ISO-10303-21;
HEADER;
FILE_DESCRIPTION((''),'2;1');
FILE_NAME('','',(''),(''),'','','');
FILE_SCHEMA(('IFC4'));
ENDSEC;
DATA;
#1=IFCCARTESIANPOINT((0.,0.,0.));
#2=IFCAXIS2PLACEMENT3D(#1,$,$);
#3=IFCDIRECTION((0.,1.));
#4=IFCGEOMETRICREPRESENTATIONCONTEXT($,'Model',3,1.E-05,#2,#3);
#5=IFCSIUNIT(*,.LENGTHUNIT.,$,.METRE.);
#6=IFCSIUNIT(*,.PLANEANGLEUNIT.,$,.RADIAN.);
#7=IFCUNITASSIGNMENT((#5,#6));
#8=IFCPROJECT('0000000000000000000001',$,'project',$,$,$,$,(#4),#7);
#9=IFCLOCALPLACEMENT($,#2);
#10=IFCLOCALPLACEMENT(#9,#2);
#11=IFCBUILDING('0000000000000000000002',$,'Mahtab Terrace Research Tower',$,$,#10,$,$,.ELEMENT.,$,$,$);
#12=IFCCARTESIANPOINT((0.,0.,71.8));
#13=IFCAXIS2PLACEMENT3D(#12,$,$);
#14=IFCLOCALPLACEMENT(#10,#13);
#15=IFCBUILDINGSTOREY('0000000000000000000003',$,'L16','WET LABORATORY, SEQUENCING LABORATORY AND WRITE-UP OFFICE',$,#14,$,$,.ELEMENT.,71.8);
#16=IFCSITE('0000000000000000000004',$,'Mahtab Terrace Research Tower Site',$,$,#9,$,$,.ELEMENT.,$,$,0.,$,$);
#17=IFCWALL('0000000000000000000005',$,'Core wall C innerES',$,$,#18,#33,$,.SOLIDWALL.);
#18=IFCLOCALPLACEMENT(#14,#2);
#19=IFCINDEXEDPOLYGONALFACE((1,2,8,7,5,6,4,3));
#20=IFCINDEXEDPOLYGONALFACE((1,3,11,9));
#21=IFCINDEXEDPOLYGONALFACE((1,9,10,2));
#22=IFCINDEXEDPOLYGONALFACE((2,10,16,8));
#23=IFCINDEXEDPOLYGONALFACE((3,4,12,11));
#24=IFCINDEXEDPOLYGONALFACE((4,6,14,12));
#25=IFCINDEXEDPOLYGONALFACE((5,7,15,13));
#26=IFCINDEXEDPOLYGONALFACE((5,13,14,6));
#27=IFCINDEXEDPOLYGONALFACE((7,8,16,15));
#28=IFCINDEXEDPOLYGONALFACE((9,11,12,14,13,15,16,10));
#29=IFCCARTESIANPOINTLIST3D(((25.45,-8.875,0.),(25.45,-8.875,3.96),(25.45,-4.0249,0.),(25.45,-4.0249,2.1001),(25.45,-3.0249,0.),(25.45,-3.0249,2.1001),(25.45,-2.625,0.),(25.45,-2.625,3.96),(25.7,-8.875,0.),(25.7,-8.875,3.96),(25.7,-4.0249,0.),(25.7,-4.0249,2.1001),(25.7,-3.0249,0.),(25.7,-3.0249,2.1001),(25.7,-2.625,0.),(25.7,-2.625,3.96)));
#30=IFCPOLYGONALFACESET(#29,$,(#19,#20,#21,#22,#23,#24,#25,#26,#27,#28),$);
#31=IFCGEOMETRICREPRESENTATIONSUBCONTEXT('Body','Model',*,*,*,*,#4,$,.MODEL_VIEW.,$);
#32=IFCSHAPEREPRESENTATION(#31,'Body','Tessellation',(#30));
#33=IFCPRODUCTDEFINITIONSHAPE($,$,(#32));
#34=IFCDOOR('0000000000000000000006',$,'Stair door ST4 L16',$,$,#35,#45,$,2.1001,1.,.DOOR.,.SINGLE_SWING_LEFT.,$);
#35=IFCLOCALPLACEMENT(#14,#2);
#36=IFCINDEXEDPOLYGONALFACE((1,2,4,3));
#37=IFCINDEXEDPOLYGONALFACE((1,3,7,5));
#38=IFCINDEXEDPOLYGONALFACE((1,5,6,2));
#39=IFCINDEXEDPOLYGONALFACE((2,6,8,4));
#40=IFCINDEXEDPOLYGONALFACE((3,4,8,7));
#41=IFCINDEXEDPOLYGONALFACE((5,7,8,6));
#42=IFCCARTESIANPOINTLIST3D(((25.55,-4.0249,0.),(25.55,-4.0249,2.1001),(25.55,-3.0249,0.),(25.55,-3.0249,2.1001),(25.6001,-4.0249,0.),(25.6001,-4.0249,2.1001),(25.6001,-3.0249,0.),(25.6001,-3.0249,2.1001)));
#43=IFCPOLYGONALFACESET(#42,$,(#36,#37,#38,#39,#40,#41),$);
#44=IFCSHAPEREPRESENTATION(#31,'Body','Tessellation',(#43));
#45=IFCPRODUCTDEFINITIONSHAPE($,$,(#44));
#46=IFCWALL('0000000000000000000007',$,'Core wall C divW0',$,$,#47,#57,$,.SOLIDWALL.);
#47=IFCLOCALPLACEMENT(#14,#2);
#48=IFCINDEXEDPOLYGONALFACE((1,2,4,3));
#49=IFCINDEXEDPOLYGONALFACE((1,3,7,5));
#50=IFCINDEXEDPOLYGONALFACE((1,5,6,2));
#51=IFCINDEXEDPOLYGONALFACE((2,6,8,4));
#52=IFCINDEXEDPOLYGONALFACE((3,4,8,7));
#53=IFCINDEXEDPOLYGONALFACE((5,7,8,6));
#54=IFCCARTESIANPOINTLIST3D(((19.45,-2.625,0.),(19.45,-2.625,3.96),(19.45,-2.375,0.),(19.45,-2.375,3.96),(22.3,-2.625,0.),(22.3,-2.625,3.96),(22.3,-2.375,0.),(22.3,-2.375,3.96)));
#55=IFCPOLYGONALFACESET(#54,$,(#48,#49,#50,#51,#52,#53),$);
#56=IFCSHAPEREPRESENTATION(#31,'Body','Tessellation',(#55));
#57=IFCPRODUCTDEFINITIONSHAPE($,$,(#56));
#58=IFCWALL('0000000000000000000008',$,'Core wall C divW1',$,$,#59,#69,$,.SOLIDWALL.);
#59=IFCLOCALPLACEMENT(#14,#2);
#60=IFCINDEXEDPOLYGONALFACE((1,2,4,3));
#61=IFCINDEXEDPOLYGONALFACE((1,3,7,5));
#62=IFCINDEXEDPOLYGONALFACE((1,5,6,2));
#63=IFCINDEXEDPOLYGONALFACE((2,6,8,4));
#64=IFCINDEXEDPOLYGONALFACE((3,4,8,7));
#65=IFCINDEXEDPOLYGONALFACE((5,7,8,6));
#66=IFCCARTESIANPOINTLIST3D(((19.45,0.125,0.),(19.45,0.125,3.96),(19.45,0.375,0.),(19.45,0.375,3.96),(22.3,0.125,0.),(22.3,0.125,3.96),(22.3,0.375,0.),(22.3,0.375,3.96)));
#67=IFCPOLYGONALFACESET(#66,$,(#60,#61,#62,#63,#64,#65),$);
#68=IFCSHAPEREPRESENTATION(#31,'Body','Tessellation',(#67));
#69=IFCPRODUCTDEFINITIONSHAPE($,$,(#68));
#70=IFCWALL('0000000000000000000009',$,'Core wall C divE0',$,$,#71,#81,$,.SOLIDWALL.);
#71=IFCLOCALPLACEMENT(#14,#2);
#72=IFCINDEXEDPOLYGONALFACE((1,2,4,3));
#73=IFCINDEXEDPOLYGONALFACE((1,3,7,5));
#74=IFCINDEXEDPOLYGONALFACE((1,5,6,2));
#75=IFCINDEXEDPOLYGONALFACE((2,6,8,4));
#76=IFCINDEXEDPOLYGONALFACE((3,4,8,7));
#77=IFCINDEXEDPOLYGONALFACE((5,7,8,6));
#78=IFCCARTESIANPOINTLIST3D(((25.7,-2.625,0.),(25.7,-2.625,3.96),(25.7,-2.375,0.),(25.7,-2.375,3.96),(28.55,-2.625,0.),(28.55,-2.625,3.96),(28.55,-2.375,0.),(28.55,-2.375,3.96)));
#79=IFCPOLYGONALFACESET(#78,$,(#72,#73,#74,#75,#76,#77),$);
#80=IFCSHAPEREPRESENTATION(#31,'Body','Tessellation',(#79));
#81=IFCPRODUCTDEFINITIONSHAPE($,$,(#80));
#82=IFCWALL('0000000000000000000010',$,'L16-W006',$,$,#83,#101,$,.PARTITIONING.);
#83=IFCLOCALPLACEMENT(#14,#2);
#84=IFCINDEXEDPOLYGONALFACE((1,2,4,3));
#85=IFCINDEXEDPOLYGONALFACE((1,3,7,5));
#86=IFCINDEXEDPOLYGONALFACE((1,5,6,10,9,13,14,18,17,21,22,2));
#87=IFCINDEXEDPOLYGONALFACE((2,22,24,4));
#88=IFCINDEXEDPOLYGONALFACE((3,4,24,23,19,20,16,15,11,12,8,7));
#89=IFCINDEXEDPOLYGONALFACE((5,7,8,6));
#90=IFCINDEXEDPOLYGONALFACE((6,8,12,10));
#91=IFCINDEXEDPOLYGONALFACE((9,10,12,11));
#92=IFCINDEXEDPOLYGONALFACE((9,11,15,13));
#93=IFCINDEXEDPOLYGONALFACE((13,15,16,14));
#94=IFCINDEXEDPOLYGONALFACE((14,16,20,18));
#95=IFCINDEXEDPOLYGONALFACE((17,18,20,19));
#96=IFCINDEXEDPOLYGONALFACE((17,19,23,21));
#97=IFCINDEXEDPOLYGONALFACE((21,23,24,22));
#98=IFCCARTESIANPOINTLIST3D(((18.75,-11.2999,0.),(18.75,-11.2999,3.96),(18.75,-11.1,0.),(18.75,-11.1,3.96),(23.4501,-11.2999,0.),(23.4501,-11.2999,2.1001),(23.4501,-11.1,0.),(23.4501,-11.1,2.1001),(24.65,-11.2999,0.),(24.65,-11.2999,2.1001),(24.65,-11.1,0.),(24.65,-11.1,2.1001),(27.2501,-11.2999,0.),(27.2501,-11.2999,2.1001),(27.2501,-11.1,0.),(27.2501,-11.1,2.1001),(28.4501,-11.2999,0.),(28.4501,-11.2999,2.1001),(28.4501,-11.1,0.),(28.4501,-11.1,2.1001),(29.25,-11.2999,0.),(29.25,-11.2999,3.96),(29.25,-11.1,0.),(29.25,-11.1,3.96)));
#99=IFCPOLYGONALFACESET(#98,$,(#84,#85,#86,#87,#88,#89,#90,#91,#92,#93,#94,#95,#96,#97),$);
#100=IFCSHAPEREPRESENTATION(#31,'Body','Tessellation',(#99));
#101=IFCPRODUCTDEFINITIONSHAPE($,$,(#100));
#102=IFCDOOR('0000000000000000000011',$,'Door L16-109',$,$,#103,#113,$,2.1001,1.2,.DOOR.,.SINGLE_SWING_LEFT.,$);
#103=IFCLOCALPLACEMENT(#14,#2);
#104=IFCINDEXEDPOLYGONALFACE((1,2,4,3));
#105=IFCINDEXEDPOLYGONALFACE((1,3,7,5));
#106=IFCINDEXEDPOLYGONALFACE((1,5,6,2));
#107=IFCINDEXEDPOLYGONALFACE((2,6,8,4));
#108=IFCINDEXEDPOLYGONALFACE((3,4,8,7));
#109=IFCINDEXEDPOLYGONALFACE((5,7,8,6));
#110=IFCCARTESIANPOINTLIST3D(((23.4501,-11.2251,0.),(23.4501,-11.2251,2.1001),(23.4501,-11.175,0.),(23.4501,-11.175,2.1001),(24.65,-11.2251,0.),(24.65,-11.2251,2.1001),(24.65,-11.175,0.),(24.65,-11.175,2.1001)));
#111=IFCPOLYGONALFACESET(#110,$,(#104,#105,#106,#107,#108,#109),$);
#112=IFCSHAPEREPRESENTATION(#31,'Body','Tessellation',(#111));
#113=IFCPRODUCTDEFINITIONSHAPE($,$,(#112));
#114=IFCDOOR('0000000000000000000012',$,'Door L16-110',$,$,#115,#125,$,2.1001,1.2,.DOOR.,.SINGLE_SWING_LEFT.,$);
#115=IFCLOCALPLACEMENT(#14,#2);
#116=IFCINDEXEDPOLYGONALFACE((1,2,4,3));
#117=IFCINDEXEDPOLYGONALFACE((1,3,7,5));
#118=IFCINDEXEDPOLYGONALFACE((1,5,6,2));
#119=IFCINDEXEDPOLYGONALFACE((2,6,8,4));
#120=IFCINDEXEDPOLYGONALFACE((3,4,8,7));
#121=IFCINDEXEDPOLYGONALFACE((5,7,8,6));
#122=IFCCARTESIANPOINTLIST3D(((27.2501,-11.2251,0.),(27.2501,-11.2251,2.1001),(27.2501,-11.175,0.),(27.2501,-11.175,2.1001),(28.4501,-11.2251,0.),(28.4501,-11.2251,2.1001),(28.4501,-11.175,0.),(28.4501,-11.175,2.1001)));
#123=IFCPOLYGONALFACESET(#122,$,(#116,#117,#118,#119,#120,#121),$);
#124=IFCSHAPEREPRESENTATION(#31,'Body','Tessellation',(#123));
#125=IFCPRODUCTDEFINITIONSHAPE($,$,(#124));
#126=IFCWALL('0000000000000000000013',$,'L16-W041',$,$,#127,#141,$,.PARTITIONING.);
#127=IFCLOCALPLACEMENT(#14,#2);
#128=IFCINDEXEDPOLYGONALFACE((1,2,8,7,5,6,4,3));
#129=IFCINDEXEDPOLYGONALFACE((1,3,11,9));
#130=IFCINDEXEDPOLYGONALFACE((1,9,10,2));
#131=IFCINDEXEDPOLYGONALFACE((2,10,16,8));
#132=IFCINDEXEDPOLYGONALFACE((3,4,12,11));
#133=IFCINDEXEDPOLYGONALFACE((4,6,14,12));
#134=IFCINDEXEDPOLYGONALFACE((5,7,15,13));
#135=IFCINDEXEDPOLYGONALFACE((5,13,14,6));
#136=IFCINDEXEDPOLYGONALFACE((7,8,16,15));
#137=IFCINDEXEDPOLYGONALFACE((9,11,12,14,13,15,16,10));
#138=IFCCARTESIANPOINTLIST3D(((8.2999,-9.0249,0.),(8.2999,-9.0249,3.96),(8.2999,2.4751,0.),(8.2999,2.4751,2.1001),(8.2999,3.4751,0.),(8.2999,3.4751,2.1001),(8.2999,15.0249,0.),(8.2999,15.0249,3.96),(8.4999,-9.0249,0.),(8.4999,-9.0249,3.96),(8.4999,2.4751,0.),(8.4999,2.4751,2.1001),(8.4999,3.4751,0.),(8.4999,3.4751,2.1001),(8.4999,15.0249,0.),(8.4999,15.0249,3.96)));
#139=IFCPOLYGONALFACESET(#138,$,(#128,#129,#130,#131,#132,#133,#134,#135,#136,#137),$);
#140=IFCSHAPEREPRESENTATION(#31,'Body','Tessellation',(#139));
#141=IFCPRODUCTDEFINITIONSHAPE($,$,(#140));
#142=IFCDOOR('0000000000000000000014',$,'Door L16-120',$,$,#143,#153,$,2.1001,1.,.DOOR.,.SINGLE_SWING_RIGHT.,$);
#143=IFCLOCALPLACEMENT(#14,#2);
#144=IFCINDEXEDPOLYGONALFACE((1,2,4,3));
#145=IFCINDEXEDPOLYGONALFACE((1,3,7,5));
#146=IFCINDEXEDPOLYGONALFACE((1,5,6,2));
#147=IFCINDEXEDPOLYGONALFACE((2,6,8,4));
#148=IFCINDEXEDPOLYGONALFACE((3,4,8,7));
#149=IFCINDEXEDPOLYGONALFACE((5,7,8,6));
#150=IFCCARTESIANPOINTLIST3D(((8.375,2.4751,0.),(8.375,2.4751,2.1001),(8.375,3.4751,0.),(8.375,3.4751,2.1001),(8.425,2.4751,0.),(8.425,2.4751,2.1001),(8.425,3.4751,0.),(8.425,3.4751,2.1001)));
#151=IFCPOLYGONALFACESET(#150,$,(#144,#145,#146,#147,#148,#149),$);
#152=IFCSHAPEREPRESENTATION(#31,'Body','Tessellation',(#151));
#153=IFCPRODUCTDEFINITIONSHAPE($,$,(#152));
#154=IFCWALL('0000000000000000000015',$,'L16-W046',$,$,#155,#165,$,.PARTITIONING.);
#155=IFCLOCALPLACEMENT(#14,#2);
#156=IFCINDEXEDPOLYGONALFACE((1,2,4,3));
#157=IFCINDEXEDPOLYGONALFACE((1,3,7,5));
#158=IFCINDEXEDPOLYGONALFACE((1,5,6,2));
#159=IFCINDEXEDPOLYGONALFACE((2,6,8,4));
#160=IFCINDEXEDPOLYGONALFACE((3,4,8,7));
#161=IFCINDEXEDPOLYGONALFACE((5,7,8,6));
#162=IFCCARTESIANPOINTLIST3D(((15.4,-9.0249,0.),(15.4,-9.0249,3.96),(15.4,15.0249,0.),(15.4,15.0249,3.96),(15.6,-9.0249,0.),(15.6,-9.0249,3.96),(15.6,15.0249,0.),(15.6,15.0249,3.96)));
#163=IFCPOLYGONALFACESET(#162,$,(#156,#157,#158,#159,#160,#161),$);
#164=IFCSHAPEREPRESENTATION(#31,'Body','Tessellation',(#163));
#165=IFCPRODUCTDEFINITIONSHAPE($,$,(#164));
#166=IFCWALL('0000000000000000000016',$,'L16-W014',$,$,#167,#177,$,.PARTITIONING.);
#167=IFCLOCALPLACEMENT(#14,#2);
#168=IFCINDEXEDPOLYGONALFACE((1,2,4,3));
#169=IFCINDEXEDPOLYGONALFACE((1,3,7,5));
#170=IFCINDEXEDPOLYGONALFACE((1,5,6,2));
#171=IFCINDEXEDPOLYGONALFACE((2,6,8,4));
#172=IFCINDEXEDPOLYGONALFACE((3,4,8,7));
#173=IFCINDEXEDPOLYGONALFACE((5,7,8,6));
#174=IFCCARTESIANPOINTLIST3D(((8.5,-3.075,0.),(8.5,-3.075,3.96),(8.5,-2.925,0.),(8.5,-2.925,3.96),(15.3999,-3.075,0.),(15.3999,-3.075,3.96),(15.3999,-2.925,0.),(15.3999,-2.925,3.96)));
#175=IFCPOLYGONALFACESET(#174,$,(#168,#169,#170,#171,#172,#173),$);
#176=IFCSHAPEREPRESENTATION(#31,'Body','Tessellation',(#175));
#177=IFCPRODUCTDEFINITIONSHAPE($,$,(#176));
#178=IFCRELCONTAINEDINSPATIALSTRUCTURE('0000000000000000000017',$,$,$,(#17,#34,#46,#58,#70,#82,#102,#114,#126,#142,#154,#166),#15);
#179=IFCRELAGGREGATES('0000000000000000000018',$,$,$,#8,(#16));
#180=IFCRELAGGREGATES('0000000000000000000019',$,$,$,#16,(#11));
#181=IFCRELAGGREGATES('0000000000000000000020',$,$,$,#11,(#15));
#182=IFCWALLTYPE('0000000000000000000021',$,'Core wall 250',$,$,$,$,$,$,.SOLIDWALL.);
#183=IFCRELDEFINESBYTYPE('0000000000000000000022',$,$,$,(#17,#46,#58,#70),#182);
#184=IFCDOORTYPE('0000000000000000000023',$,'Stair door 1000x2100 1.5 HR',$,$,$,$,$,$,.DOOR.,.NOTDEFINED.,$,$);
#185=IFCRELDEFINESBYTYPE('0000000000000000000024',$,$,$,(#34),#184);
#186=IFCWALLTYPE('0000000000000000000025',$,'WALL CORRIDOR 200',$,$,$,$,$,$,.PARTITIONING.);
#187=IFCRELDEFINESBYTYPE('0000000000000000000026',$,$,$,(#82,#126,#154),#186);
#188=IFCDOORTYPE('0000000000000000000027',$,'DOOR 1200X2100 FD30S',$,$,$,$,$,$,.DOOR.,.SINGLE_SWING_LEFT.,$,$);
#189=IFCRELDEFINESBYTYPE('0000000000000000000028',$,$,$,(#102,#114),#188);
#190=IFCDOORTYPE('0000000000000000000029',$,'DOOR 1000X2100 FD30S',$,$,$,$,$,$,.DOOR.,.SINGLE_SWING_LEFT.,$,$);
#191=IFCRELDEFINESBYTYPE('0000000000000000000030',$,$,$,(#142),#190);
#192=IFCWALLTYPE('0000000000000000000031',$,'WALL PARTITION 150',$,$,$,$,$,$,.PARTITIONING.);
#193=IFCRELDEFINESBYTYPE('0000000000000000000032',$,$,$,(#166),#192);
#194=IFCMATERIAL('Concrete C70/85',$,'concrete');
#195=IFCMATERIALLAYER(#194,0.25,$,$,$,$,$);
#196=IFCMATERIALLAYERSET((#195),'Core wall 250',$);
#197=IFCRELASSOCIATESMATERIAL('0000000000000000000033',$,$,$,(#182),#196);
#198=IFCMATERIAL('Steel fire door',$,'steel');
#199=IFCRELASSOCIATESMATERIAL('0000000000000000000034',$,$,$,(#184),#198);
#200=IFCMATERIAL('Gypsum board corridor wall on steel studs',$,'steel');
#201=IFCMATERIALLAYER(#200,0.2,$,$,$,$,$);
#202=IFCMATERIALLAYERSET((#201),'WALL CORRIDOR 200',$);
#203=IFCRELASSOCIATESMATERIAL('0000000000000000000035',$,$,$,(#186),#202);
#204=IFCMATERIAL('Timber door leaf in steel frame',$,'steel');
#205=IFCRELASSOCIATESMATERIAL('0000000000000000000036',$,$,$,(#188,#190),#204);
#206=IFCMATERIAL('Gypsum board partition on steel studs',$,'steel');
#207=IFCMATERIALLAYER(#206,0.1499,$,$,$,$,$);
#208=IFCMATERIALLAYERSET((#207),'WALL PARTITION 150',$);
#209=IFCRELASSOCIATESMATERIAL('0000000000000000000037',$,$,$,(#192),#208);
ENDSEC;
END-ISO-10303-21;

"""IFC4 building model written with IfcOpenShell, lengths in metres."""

from ifc_helpers import new_model, si_unit, direction, frame, frame_2d, origin, place, context, subcontext, project, spatial, rectangle, extrude, material, layer, layer_set, type_object, element, fill, save


model = new_model("IFC4")

# Units and contexts
model_context = context("Model", 3, precision=1e-05, world=origin(), true_north=direction((0.0, 1.0)))
body_context = subcontext(model_context, "Body", "Model", "MODEL_VIEW")
ifc_project = project(units=[si_unit("LENGTHUNIT", "METRE"), si_unit("PLANEANGLEUNIT", "RADIAN")], contexts=[model_context])

# Site, building, storey
site_placement = place(None, origin())
site = spatial("IfcSite", under=ifc_project, at=site_placement, Name="Mahtab Terrace Research Tower Site", CompositionType="ELEMENT", RefElevation=0.0)
building_placement = place(site_placement, origin())
building = spatial("IfcBuilding", under=site, at=building_placement, Name="Mahtab Terrace Research Tower", CompositionType="ELEMENT")
storey_placement = place(building_placement, frame((0.0, 0.0, 71.8)))
storey = spatial("IfcBuildingStorey", under=building, at=storey_placement, Name="L16", Description="WET LABORATORY, SEQUENCING LABORATORY AND WRITE-UP OFFICE", CompositionType="ELEMENT", Elevation=71.8)

# Shared definitions
ifc_material_1 = material(Name="Concrete C70/85", Category="concrete")

# Shared definitions
ifc_layer_1 = layer(ifc_material_1, 0.25)
ifc_layer_set_1 = layer_set([ifc_layer_1], Name="Core wall 250")
wall_type_1 = type_object("IfcWallType", Name="Core wall 250", PredefinedType="SOLIDWALL", material=ifc_layer_set_1)
ifc_material_2 = material(Name="Steel fire door", Category="steel")

# Wall, opening, door
wall_1_placement = place(storey_placement, frame((25.575, -8.875, 0.0), z_axis=(0.0, 0.0, 1.0), x_axis=(0.0, 1.0, 0.0)))
wall_1 = element("IfcWall", 1, at=wall_1_placement, inside=storey, type_object=wall_type_1, Name="Core wall C innerES", PredefinedType="SOLIDWALL", context=body_context, shape_type="SweptSolid", body=[
    extrude(rectangle(XDim=6.25, YDim=0.25, at=frame_2d((3.125, 0.0))), origin(), (0.0, 0.0, 1.0), 3.96),
])
opening_1_placement = place(wall_1_placement, frame((4.8501, 0.0, 0.0)))
opening_1 = element("IfcOpeningElement", 2, at=opening_1_placement, cuts=wall_1, PredefinedType="OPENING", context=body_context, shape_type="SweptSolid", body=[
    extrude(rectangle(XDim=1.0, YDim=2.1001, at=frame_2d((0.5, 1.05))), frame((0.0, 0.135, 0.0), z_axis=(0.0, -1.0, 0.0), x_axis=(1.0, 0.0, 0.0)), (0.0, 0.0, 1.0), 0.27),
])
door_type_1 = type_object("IfcDoorType", Name="Stair door 1000x2100 1.5 HR", OperationType="NOTDEFINED", PredefinedType="DOOR", material=ifc_material_2)
door_1_placement = place(opening_1_placement, origin())
door_1 = element("IfcDoor", 3, at=door_1_placement, inside=storey, type_object=door_type_1, Name="Stair door ST4 L16", OperationType="SINGLE_SWING_LEFT", OverallHeight=2.1001, OverallWidth=1.0, PredefinedType="DOOR", context=body_context, shape_type="SweptSolid", body=[
    extrude(rectangle(XDim=1.0, YDim=2.1001, at=frame_2d((0.5, 1.05))), frame((0.0, 0.0249, 0.0), z_axis=(0.0, -1.0, 0.0), x_axis=(1.0, 0.0, 0.0)), (0.0, 0.0, 1.0), 0.05),
])
fill(opening_1, door_1)

# Walls
for number, where, z_axis, x_axis, name in (
    (4, (19.45, -2.5, 0.0), (0.0, 0.0, 1.0), (1.0, 0.0, 0.0), "Core wall C divW0"),
    (5, (19.45, 0.25, 0.0), (0.0, 0.0, 1.0), (1.0, 0.0, 0.0), "Core wall C divW1"),
    (6, (25.7, -2.5, 0.0), (0.0, 0.0, 1.0), (1.0, 0.0, 0.0), "Core wall C divE0"),
):
    element("IfcWall", number, at=place(storey_placement, frame(where, z_axis=z_axis, x_axis=x_axis)), inside=storey, type_object=wall_type_1, Name=name, PredefinedType="SOLIDWALL", context=body_context, shape_type="SweptSolid", body=[
        extrude(rectangle(XDim=2.8501, YDim=0.25, at=frame_2d((1.425, 0.0))), origin(), (0.0, 0.0, 1.0), 3.96),
    ])

# Wall, openings, doors
ifc_material_3 = material(Name="Gypsum board corridor wall on steel studs", Category="steel")
ifc_layer_2 = layer(ifc_material_3, 0.2)
ifc_layer_set_2 = layer_set([ifc_layer_2], Name="WALL CORRIDOR 200")
wall_type_2 = type_object("IfcWallType", Name="WALL CORRIDOR 200", PredefinedType="PARTITIONING", material=ifc_layer_set_2)
wall_2_placement = place(storey_placement, frame((18.75, -11.2, 0.0), z_axis=(0.0, 0.0, 1.0), x_axis=(1.0, 0.0, 0.0)))
wall_2 = element("IfcWall", 7, at=wall_2_placement, inside=storey, type_object=wall_type_2, Name="L16-W006", PredefinedType="PARTITIONING", context=body_context, shape_type="SweptSolid", body=[
    extrude(rectangle(XDim=10.5, YDim=0.2, at=frame_2d((5.25, 0.0))), origin(), (0.0, 0.0, 1.0), 3.96),
])
opening_2_placement = place(wall_2_placement, frame((4.7, 0.0, 0.0)))
opening_2 = element("IfcOpeningElement", 8, at=opening_2_placement, cuts=wall_2, PredefinedType="OPENING", context=body_context, shape_type="SweptSolid", body=[
    extrude(rectangle(XDim=1.2, YDim=2.1001, at=frame_2d((0.6001, 1.05))), frame((0.0, 0.1099, 0.0), z_axis=(0.0, -1.0, 0.0), x_axis=(1.0, 0.0, 0.0)), (0.0, 0.0, 1.0), 0.22),
])
opening_3_placement = place(wall_2_placement, frame((8.5, 0.0, 0.0)))
opening_3 = element("IfcOpeningElement", 9, at=opening_3_placement, cuts=wall_2, PredefinedType="OPENING", context=body_context, shape_type="SweptSolid", body=[
    extrude(rectangle(XDim=1.2, YDim=2.1001, at=frame_2d((0.6001, 1.05))), frame((0.0, 0.1099, 0.0), z_axis=(0.0, -1.0, 0.0), x_axis=(1.0, 0.0, 0.0)), (0.0, 0.0, 1.0), 0.22),
])
ifc_material_4 = material(Name="Timber door leaf in steel frame", Category="steel")
door_type_2 = type_object("IfcDoorType", Name="DOOR 1200X2100 FD30S", OperationType="SINGLE_SWING_LEFT", PredefinedType="DOOR", material=ifc_material_4)
door_2_placement = place(opening_2_placement, origin())
door_2 = element("IfcDoor", 10, at=door_2_placement, inside=storey, type_object=door_type_2, Name="Door L16-109", OperationType="SINGLE_SWING_LEFT", OverallHeight=2.1001, OverallWidth=1.2, PredefinedType="DOOR", context=body_context, shape_type="SweptSolid", body=[
    extrude(rectangle(XDim=1.2, YDim=2.1001, at=frame_2d((0.6001, 1.05))), frame((0.0, 0.0249, 0.0), z_axis=(0.0, -1.0, 0.0), x_axis=(1.0, 0.0, 0.0)), (0.0, 0.0, 1.0), 0.05),
])
fill(opening_2, door_2)
door_3_placement = place(opening_3_placement, origin())
door_3 = element("IfcDoor", 11, at=door_3_placement, inside=storey, type_object=door_type_2, Name="Door L16-110", OperationType="SINGLE_SWING_LEFT", OverallHeight=2.1001, OverallWidth=1.2, PredefinedType="DOOR", context=body_context, shape_type="SweptSolid", body=[
    extrude(rectangle(XDim=1.2, YDim=2.1001, at=frame_2d((0.6001, 1.05))), frame((0.0, 0.0249, 0.0), z_axis=(0.0, -1.0, 0.0), x_axis=(1.0, 0.0, 0.0)), (0.0, 0.0, 1.0), 0.05),
])
fill(opening_3, door_3)

# Wall, opening, door
wall_3_placement = place(storey_placement, frame((8.3999, -9.0249, 0.0), z_axis=(0.0, 0.0, 1.0), x_axis=(0.0, 1.0, 0.0)))
wall_3 = element("IfcWall", 12, at=wall_3_placement, inside=storey, type_object=wall_type_2, Name="L16-W041", PredefinedType="PARTITIONING", context=body_context, shape_type="SweptSolid", body=[
    extrude(rectangle(XDim=24.0498, YDim=0.2, at=frame_2d((12.0249, 0.0))), origin(), (0.0, 0.0, 1.0), 3.96),
])
opening_4_placement = place(wall_3_placement, frame((11.5, 0.0, 0.0)))
opening_4 = element("IfcOpeningElement", 13, at=opening_4_placement, cuts=wall_3, PredefinedType="OPENING", context=body_context, shape_type="SweptSolid", body=[
    extrude(rectangle(XDim=1.0, YDim=2.1001, at=frame_2d((0.5, 1.05))), frame((0.0, 0.1099, 0.0), z_axis=(0.0, -1.0, 0.0), x_axis=(1.0, 0.0, 0.0)), (0.0, 0.0, 1.0), 0.22),
])
door_type_3 = type_object("IfcDoorType", Name="DOOR 1000X2100 FD30S", OperationType="SINGLE_SWING_LEFT", PredefinedType="DOOR", material=ifc_material_4)
door_4_placement = place(opening_4_placement, origin())
door_4 = element("IfcDoor", 14, at=door_4_placement, inside=storey, type_object=door_type_3, Name="Door L16-120", OperationType="SINGLE_SWING_RIGHT", OverallHeight=2.1001, OverallWidth=1.0, PredefinedType="DOOR", context=body_context, shape_type="SweptSolid", body=[
    extrude(rectangle(XDim=1.0, YDim=2.1001, at=frame_2d((0.5, 1.05))), frame((0.0, 0.0249, 0.0), z_axis=(0.0, -1.0, 0.0), x_axis=(1.0, 0.0, 0.0)), (0.0, 0.0, 1.0), 0.05),
])
fill(opening_4, door_4)

# Walls
wall_4_placement = place(storey_placement, frame((15.5, -9.0249, 0.0), z_axis=(0.0, 0.0, 1.0), x_axis=(0.0, 1.0, 0.0)))
element("IfcWall", 15, at=wall_4_placement, inside=storey, type_object=wall_type_2, Name="L16-W046", PredefinedType="PARTITIONING", context=body_context, shape_type="SweptSolid", body=[
    extrude(rectangle(XDim=24.0498, YDim=0.2, at=frame_2d((12.0249, 0.0))), origin(), (0.0, 0.0, 1.0), 3.96),
])
ifc_material_5 = material(Name="Gypsum board partition on steel studs", Category="steel")
ifc_layer_3 = layer(ifc_material_5, 0.1499)
ifc_layer_set_3 = layer_set([ifc_layer_3], Name="WALL PARTITION 150")
wall_type_3 = type_object("IfcWallType", Name="WALL PARTITION 150", PredefinedType="PARTITIONING", material=ifc_layer_set_3)
wall_5_placement = place(storey_placement, frame((8.5, -3.0, 0.0), z_axis=(0.0, 0.0, 1.0), x_axis=(1.0, 0.0, 0.0)))
element("IfcWall", 16, at=wall_5_placement, inside=storey, type_object=wall_type_3, Name="L16-W014", PredefinedType="PARTITIONING", context=body_context, shape_type="SweptSolid", body=[
    extrude(rectangle(XDim=6.8999, YDim=0.1499, at=frame_2d((3.45, 0.0))), origin(), (0.0, 0.0, 1.0), 3.96),
])

save(model, "model.ifc")
